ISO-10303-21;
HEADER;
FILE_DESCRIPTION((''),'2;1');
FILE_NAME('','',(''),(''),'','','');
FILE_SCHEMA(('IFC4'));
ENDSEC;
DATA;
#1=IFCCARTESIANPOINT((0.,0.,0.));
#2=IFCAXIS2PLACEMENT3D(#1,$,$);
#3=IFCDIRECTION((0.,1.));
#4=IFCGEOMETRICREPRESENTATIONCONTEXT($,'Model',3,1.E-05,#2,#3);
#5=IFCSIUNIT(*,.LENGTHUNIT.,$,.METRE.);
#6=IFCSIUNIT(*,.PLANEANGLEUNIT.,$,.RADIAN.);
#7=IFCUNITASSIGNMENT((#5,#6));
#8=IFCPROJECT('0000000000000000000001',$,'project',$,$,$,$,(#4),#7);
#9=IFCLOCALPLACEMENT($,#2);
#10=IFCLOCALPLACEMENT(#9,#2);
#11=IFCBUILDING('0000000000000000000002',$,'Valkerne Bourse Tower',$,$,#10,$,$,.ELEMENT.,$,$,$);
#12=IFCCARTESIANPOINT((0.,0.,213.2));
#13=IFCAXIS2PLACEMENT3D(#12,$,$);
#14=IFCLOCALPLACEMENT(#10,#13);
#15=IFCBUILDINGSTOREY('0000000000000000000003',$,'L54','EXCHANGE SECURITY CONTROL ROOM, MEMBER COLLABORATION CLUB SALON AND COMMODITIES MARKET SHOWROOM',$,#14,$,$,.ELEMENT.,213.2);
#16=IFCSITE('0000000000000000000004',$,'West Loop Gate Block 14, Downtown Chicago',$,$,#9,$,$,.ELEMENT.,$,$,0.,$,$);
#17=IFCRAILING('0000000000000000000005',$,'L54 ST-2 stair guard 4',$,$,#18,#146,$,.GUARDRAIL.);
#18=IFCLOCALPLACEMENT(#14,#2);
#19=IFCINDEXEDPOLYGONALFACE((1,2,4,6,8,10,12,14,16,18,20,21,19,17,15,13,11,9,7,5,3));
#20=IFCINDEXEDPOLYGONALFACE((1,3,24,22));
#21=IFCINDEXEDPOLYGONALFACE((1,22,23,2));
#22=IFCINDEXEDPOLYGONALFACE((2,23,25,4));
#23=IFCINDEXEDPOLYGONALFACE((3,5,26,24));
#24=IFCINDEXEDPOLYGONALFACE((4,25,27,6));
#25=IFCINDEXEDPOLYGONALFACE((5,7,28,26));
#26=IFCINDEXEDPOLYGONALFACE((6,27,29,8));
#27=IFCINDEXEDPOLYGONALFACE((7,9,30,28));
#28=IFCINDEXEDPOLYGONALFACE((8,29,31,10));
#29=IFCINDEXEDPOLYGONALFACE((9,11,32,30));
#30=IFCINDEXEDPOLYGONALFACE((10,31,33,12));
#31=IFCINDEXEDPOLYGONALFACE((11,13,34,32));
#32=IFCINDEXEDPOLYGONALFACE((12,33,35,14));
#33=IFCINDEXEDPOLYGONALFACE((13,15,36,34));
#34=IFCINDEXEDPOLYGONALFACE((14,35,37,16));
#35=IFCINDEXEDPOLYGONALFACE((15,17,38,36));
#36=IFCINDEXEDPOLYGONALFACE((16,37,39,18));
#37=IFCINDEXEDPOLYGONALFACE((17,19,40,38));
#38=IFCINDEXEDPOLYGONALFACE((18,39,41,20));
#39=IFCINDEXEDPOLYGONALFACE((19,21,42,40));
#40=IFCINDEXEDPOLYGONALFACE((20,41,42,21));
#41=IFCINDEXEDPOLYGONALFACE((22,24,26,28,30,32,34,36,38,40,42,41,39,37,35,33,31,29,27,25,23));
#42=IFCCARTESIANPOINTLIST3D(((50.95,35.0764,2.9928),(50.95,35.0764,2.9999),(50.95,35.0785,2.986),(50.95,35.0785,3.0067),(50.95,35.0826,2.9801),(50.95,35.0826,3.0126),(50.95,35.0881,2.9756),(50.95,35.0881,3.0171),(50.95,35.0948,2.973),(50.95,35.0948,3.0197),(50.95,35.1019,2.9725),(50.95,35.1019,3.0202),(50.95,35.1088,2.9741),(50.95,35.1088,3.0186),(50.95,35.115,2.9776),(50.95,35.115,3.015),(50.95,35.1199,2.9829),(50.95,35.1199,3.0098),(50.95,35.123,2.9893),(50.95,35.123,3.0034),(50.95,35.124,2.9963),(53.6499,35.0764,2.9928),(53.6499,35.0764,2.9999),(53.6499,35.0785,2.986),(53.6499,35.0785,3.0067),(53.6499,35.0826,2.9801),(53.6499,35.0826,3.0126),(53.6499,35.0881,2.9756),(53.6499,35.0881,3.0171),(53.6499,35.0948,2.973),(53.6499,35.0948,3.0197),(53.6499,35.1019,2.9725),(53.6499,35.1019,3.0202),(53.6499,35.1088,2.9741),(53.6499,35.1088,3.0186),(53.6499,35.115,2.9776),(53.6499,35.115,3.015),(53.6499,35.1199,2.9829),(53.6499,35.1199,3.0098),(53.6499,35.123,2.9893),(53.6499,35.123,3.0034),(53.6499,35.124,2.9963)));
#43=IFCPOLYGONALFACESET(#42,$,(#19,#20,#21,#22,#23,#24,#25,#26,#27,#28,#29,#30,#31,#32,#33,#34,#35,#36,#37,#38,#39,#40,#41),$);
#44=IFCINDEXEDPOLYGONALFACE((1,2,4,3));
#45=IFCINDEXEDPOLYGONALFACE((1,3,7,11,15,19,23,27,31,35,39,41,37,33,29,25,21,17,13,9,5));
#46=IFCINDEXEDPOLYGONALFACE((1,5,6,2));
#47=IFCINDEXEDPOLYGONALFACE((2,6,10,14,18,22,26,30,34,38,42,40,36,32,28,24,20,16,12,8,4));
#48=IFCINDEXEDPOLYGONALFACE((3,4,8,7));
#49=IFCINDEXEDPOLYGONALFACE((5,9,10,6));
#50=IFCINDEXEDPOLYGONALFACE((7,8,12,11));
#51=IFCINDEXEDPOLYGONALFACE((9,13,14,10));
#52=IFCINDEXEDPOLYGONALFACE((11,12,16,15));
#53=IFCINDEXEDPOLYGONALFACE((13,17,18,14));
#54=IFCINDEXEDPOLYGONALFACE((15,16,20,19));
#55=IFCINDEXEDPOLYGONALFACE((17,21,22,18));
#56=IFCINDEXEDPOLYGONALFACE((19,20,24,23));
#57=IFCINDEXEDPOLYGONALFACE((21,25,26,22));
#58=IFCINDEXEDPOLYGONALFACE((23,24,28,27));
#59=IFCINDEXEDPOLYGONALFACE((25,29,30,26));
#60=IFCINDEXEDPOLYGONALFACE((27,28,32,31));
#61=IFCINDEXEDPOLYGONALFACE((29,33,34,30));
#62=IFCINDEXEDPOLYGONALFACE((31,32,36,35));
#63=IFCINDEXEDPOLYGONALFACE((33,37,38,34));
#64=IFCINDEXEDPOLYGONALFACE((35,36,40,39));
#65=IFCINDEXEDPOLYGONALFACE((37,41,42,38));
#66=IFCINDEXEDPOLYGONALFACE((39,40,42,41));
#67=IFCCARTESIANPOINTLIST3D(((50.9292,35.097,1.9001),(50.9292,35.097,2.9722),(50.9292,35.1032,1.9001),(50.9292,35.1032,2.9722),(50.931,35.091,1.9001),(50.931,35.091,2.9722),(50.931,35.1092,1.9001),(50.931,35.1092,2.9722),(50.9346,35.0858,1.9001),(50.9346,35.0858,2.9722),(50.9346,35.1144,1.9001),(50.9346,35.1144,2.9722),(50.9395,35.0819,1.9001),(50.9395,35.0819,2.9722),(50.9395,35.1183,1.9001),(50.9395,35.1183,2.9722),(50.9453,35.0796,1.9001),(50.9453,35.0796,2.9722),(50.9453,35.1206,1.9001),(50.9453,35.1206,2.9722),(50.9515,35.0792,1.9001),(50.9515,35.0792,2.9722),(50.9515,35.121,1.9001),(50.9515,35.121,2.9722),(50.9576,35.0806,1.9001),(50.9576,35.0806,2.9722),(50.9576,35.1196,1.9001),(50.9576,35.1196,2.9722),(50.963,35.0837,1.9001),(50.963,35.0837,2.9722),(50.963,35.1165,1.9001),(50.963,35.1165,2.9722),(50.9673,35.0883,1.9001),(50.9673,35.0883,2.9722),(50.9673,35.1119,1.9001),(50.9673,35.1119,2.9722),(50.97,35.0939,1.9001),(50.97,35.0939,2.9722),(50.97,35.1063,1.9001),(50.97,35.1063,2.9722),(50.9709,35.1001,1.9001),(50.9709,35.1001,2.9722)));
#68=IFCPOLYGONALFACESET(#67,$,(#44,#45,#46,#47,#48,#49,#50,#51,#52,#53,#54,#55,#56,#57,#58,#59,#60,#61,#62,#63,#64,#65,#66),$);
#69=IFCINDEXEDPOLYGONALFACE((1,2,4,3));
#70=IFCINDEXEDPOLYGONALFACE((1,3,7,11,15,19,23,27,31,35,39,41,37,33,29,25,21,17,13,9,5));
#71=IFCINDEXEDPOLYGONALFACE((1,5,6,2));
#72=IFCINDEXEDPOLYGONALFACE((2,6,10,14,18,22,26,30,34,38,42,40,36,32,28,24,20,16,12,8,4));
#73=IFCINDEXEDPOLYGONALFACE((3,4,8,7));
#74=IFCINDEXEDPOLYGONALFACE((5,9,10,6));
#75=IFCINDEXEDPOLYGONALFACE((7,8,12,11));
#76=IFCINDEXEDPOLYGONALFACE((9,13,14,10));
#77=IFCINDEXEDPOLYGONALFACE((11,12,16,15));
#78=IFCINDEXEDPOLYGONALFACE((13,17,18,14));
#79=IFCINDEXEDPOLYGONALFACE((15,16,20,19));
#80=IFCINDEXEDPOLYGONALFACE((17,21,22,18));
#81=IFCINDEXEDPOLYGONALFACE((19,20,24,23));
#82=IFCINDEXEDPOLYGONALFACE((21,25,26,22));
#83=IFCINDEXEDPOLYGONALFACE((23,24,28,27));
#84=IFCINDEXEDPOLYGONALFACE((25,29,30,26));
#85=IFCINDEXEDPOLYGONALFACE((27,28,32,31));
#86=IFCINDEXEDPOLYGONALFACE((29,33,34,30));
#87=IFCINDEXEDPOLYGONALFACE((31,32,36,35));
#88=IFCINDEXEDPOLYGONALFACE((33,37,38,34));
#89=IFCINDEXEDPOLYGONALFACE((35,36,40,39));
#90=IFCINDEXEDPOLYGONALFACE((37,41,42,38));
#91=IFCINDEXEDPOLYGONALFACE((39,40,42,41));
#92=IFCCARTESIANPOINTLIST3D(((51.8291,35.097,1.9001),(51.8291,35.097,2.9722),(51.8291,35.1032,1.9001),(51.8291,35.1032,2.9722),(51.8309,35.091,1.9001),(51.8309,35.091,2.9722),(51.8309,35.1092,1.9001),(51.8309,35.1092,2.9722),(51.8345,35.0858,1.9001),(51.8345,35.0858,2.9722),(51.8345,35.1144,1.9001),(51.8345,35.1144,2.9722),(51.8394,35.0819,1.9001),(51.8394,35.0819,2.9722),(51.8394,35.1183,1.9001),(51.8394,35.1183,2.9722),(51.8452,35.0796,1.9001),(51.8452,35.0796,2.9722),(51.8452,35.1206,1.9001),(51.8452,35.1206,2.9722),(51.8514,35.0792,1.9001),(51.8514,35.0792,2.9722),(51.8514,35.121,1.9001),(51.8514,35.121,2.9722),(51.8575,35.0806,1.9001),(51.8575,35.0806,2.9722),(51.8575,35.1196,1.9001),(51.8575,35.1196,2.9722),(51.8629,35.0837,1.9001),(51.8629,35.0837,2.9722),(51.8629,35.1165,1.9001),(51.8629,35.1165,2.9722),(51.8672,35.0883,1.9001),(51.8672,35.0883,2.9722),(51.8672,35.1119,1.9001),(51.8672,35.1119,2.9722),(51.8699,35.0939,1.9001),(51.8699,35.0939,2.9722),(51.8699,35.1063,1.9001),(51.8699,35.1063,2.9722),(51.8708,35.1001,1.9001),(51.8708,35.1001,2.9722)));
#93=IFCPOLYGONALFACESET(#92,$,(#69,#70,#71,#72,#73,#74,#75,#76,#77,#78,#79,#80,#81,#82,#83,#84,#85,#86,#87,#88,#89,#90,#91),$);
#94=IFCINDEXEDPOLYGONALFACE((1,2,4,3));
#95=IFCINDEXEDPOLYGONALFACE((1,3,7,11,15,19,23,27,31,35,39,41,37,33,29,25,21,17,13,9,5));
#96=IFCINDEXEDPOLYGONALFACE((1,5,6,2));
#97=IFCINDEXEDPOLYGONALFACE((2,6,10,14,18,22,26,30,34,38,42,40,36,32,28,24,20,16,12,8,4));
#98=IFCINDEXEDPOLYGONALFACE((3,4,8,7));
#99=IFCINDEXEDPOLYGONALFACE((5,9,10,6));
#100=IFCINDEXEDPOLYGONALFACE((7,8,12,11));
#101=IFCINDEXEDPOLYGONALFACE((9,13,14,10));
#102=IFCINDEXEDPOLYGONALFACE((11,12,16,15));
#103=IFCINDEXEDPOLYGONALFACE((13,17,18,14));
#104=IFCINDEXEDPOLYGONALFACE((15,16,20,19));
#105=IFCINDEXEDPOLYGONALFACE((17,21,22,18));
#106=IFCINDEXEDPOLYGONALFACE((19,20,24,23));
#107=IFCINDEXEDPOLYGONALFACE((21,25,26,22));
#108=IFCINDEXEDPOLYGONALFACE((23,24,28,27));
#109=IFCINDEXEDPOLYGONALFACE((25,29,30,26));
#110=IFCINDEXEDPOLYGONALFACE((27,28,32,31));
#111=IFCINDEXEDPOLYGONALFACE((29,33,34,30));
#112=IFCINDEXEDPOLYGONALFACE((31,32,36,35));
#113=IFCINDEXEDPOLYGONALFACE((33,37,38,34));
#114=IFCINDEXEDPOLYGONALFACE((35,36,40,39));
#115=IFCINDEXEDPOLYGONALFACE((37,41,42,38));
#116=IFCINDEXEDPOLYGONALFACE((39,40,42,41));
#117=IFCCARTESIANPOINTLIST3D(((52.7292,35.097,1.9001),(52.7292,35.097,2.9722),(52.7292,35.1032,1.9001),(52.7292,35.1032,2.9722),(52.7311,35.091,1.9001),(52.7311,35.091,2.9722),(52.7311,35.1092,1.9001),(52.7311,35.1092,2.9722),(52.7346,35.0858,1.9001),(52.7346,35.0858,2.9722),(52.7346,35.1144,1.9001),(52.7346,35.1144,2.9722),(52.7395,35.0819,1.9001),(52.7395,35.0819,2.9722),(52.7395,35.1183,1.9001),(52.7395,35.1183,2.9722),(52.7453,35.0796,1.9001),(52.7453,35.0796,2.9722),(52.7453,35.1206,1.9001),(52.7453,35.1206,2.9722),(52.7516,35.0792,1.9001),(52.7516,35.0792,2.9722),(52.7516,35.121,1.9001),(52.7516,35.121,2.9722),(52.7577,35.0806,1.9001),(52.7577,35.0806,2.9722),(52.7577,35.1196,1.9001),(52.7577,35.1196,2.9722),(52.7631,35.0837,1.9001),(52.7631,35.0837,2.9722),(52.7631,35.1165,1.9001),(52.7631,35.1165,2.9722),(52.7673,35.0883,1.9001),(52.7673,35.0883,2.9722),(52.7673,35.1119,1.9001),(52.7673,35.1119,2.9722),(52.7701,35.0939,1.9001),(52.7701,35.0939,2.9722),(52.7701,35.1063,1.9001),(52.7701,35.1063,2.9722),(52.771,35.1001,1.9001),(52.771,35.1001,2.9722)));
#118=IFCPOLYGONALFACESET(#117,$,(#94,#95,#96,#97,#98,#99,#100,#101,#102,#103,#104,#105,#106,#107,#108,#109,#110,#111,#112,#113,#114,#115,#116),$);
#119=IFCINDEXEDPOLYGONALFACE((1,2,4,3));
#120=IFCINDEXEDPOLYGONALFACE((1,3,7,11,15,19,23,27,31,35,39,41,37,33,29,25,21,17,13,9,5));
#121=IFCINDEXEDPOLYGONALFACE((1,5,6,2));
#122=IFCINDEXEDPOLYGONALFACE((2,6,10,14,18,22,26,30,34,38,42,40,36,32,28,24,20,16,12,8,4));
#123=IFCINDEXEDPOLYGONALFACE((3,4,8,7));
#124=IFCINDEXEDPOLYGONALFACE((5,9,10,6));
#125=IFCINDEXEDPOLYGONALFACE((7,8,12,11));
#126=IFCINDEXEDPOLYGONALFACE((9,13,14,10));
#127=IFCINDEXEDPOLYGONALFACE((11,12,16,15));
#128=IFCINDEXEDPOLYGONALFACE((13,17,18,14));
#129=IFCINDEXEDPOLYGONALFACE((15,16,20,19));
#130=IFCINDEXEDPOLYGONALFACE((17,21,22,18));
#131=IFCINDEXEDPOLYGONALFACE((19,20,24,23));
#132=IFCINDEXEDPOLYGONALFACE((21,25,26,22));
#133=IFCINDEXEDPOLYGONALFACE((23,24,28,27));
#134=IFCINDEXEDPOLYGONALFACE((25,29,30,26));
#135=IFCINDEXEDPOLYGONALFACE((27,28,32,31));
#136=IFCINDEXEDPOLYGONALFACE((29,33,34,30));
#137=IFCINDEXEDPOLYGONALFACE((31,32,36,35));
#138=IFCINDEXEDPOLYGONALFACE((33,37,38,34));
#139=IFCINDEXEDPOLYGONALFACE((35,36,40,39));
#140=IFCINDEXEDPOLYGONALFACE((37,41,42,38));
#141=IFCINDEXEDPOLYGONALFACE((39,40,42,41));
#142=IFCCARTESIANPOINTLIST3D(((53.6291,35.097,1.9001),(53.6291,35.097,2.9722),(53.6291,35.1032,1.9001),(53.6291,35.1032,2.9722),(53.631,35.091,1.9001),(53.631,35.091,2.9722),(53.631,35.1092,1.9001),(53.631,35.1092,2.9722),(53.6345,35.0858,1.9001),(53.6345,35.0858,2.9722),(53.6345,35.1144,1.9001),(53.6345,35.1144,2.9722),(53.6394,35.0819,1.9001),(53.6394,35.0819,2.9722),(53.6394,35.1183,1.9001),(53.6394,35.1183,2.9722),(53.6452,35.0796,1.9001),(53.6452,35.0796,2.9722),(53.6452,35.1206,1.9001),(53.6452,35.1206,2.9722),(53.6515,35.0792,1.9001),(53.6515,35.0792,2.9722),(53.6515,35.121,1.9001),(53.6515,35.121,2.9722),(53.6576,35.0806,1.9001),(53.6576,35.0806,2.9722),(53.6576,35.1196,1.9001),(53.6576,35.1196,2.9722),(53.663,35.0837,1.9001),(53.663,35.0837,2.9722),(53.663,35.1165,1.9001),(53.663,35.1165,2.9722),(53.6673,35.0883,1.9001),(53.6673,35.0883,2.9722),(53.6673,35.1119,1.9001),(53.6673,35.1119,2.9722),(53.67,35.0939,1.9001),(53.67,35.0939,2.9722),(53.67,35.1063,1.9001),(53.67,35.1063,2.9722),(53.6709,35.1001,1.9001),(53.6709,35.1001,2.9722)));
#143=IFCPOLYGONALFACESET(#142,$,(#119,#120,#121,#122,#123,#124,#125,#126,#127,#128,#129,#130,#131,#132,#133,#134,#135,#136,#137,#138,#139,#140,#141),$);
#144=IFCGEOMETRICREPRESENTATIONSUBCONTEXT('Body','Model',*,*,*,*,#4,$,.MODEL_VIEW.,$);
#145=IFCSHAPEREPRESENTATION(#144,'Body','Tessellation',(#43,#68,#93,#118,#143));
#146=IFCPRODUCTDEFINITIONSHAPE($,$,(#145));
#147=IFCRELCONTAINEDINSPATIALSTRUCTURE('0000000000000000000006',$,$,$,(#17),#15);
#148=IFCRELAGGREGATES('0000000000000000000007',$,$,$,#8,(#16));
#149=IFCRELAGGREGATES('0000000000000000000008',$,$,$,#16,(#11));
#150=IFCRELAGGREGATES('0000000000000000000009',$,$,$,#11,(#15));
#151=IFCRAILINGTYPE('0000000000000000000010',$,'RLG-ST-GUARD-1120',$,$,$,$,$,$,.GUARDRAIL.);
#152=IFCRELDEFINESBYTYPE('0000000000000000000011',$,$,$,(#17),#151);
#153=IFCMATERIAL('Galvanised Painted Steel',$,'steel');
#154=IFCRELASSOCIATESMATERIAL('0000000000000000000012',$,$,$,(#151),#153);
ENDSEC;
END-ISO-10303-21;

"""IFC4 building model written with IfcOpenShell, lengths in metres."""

from ifc_helpers import new_model, si_unit, direction, frame, origin, origin_2d, place, context, subcontext, project, spatial, circle, extrude, material, type_object, element, save


model = new_model("IFC4")

# Units and contexts
model_context = context("Model", 3, precision=1e-05, world=origin(), true_north=direction((0.0, 1.0)))
body_context = subcontext(model_context, "Body", "Model", "MODEL_VIEW")
ifc_project = project(units=[si_unit("LENGTHUNIT", "METRE"), si_unit("PLANEANGLEUNIT", "RADIAN")], contexts=[model_context])

# Site, building, storey
site_placement = place(None, origin())
site = spatial("IfcSite", under=ifc_project, at=site_placement, Name="West Loop Gate Block 14, Downtown Chicago", CompositionType="ELEMENT", RefElevation=0.0)
building_placement = place(site_placement, origin())
building = spatial("IfcBuilding", under=site, at=building_placement, Name="Valkerne Bourse Tower", CompositionType="ELEMENT")
storey_placement = place(building_placement, frame((0.0, 0.0, 213.2)))
storey = spatial("IfcBuildingStorey", under=building, at=storey_placement, Name="L54", Description="EXCHANGE SECURITY CONTROL ROOM, MEMBER COLLABORATION CLUB SALON AND COMMODITIES MARKET SHOWROOM", CompositionType="ELEMENT", Elevation=213.2)

# Shared definitions
ifc_material_1 = material(Name="Galvanised Painted Steel", Category="steel")

# Railing
railing_type_1 = type_object("IfcRailingType", Name="RLG-ST-GUARD-1120", PredefinedType="GUARDRAIL", material=ifc_material_1)
for number, where, name in (
    (1, (50.95, 35.1001, 1.9001), "L54 ST-2 stair guard 4"),
):
    element("IfcRailing", number, at=place(storey_placement, frame(where)), inside=storey, type_object=railing_type_1, Name=name, PredefinedType="GUARDRAIL", context=body_context, shape_type="SweptSolid", body=[
        extrude(circle(Radius=0.0239, at=origin_2d()), frame((0.0, 0.0, 1.0962), z_axis=(1.0, 0.0, 0.0), x_axis=(0.0, 1.0, 0.0)), (0.0, 0.0, 1.0), 2.7),
        extrude(circle(Radius=0.021, at=origin_2d()), origin(), (0.0, 0.0, 1.0), 1.072),
        extrude(circle(Radius=0.021, at=origin_2d()), frame((0.8999, 0.0, 0.0)), (0.0, 0.0, 1.0), 1.072),
        extrude(circle(Radius=0.021, at=origin_2d()), frame((1.8, 0.0, 0.0)), (0.0, 0.0, 1.0), 1.072),
        extrude(circle(Radius=0.021, at=origin_2d()), frame((2.7, 0.0, 0.0)), (0.0, 0.0, 1.0), 1.072),
    ])

save(model, "model.ifc")
